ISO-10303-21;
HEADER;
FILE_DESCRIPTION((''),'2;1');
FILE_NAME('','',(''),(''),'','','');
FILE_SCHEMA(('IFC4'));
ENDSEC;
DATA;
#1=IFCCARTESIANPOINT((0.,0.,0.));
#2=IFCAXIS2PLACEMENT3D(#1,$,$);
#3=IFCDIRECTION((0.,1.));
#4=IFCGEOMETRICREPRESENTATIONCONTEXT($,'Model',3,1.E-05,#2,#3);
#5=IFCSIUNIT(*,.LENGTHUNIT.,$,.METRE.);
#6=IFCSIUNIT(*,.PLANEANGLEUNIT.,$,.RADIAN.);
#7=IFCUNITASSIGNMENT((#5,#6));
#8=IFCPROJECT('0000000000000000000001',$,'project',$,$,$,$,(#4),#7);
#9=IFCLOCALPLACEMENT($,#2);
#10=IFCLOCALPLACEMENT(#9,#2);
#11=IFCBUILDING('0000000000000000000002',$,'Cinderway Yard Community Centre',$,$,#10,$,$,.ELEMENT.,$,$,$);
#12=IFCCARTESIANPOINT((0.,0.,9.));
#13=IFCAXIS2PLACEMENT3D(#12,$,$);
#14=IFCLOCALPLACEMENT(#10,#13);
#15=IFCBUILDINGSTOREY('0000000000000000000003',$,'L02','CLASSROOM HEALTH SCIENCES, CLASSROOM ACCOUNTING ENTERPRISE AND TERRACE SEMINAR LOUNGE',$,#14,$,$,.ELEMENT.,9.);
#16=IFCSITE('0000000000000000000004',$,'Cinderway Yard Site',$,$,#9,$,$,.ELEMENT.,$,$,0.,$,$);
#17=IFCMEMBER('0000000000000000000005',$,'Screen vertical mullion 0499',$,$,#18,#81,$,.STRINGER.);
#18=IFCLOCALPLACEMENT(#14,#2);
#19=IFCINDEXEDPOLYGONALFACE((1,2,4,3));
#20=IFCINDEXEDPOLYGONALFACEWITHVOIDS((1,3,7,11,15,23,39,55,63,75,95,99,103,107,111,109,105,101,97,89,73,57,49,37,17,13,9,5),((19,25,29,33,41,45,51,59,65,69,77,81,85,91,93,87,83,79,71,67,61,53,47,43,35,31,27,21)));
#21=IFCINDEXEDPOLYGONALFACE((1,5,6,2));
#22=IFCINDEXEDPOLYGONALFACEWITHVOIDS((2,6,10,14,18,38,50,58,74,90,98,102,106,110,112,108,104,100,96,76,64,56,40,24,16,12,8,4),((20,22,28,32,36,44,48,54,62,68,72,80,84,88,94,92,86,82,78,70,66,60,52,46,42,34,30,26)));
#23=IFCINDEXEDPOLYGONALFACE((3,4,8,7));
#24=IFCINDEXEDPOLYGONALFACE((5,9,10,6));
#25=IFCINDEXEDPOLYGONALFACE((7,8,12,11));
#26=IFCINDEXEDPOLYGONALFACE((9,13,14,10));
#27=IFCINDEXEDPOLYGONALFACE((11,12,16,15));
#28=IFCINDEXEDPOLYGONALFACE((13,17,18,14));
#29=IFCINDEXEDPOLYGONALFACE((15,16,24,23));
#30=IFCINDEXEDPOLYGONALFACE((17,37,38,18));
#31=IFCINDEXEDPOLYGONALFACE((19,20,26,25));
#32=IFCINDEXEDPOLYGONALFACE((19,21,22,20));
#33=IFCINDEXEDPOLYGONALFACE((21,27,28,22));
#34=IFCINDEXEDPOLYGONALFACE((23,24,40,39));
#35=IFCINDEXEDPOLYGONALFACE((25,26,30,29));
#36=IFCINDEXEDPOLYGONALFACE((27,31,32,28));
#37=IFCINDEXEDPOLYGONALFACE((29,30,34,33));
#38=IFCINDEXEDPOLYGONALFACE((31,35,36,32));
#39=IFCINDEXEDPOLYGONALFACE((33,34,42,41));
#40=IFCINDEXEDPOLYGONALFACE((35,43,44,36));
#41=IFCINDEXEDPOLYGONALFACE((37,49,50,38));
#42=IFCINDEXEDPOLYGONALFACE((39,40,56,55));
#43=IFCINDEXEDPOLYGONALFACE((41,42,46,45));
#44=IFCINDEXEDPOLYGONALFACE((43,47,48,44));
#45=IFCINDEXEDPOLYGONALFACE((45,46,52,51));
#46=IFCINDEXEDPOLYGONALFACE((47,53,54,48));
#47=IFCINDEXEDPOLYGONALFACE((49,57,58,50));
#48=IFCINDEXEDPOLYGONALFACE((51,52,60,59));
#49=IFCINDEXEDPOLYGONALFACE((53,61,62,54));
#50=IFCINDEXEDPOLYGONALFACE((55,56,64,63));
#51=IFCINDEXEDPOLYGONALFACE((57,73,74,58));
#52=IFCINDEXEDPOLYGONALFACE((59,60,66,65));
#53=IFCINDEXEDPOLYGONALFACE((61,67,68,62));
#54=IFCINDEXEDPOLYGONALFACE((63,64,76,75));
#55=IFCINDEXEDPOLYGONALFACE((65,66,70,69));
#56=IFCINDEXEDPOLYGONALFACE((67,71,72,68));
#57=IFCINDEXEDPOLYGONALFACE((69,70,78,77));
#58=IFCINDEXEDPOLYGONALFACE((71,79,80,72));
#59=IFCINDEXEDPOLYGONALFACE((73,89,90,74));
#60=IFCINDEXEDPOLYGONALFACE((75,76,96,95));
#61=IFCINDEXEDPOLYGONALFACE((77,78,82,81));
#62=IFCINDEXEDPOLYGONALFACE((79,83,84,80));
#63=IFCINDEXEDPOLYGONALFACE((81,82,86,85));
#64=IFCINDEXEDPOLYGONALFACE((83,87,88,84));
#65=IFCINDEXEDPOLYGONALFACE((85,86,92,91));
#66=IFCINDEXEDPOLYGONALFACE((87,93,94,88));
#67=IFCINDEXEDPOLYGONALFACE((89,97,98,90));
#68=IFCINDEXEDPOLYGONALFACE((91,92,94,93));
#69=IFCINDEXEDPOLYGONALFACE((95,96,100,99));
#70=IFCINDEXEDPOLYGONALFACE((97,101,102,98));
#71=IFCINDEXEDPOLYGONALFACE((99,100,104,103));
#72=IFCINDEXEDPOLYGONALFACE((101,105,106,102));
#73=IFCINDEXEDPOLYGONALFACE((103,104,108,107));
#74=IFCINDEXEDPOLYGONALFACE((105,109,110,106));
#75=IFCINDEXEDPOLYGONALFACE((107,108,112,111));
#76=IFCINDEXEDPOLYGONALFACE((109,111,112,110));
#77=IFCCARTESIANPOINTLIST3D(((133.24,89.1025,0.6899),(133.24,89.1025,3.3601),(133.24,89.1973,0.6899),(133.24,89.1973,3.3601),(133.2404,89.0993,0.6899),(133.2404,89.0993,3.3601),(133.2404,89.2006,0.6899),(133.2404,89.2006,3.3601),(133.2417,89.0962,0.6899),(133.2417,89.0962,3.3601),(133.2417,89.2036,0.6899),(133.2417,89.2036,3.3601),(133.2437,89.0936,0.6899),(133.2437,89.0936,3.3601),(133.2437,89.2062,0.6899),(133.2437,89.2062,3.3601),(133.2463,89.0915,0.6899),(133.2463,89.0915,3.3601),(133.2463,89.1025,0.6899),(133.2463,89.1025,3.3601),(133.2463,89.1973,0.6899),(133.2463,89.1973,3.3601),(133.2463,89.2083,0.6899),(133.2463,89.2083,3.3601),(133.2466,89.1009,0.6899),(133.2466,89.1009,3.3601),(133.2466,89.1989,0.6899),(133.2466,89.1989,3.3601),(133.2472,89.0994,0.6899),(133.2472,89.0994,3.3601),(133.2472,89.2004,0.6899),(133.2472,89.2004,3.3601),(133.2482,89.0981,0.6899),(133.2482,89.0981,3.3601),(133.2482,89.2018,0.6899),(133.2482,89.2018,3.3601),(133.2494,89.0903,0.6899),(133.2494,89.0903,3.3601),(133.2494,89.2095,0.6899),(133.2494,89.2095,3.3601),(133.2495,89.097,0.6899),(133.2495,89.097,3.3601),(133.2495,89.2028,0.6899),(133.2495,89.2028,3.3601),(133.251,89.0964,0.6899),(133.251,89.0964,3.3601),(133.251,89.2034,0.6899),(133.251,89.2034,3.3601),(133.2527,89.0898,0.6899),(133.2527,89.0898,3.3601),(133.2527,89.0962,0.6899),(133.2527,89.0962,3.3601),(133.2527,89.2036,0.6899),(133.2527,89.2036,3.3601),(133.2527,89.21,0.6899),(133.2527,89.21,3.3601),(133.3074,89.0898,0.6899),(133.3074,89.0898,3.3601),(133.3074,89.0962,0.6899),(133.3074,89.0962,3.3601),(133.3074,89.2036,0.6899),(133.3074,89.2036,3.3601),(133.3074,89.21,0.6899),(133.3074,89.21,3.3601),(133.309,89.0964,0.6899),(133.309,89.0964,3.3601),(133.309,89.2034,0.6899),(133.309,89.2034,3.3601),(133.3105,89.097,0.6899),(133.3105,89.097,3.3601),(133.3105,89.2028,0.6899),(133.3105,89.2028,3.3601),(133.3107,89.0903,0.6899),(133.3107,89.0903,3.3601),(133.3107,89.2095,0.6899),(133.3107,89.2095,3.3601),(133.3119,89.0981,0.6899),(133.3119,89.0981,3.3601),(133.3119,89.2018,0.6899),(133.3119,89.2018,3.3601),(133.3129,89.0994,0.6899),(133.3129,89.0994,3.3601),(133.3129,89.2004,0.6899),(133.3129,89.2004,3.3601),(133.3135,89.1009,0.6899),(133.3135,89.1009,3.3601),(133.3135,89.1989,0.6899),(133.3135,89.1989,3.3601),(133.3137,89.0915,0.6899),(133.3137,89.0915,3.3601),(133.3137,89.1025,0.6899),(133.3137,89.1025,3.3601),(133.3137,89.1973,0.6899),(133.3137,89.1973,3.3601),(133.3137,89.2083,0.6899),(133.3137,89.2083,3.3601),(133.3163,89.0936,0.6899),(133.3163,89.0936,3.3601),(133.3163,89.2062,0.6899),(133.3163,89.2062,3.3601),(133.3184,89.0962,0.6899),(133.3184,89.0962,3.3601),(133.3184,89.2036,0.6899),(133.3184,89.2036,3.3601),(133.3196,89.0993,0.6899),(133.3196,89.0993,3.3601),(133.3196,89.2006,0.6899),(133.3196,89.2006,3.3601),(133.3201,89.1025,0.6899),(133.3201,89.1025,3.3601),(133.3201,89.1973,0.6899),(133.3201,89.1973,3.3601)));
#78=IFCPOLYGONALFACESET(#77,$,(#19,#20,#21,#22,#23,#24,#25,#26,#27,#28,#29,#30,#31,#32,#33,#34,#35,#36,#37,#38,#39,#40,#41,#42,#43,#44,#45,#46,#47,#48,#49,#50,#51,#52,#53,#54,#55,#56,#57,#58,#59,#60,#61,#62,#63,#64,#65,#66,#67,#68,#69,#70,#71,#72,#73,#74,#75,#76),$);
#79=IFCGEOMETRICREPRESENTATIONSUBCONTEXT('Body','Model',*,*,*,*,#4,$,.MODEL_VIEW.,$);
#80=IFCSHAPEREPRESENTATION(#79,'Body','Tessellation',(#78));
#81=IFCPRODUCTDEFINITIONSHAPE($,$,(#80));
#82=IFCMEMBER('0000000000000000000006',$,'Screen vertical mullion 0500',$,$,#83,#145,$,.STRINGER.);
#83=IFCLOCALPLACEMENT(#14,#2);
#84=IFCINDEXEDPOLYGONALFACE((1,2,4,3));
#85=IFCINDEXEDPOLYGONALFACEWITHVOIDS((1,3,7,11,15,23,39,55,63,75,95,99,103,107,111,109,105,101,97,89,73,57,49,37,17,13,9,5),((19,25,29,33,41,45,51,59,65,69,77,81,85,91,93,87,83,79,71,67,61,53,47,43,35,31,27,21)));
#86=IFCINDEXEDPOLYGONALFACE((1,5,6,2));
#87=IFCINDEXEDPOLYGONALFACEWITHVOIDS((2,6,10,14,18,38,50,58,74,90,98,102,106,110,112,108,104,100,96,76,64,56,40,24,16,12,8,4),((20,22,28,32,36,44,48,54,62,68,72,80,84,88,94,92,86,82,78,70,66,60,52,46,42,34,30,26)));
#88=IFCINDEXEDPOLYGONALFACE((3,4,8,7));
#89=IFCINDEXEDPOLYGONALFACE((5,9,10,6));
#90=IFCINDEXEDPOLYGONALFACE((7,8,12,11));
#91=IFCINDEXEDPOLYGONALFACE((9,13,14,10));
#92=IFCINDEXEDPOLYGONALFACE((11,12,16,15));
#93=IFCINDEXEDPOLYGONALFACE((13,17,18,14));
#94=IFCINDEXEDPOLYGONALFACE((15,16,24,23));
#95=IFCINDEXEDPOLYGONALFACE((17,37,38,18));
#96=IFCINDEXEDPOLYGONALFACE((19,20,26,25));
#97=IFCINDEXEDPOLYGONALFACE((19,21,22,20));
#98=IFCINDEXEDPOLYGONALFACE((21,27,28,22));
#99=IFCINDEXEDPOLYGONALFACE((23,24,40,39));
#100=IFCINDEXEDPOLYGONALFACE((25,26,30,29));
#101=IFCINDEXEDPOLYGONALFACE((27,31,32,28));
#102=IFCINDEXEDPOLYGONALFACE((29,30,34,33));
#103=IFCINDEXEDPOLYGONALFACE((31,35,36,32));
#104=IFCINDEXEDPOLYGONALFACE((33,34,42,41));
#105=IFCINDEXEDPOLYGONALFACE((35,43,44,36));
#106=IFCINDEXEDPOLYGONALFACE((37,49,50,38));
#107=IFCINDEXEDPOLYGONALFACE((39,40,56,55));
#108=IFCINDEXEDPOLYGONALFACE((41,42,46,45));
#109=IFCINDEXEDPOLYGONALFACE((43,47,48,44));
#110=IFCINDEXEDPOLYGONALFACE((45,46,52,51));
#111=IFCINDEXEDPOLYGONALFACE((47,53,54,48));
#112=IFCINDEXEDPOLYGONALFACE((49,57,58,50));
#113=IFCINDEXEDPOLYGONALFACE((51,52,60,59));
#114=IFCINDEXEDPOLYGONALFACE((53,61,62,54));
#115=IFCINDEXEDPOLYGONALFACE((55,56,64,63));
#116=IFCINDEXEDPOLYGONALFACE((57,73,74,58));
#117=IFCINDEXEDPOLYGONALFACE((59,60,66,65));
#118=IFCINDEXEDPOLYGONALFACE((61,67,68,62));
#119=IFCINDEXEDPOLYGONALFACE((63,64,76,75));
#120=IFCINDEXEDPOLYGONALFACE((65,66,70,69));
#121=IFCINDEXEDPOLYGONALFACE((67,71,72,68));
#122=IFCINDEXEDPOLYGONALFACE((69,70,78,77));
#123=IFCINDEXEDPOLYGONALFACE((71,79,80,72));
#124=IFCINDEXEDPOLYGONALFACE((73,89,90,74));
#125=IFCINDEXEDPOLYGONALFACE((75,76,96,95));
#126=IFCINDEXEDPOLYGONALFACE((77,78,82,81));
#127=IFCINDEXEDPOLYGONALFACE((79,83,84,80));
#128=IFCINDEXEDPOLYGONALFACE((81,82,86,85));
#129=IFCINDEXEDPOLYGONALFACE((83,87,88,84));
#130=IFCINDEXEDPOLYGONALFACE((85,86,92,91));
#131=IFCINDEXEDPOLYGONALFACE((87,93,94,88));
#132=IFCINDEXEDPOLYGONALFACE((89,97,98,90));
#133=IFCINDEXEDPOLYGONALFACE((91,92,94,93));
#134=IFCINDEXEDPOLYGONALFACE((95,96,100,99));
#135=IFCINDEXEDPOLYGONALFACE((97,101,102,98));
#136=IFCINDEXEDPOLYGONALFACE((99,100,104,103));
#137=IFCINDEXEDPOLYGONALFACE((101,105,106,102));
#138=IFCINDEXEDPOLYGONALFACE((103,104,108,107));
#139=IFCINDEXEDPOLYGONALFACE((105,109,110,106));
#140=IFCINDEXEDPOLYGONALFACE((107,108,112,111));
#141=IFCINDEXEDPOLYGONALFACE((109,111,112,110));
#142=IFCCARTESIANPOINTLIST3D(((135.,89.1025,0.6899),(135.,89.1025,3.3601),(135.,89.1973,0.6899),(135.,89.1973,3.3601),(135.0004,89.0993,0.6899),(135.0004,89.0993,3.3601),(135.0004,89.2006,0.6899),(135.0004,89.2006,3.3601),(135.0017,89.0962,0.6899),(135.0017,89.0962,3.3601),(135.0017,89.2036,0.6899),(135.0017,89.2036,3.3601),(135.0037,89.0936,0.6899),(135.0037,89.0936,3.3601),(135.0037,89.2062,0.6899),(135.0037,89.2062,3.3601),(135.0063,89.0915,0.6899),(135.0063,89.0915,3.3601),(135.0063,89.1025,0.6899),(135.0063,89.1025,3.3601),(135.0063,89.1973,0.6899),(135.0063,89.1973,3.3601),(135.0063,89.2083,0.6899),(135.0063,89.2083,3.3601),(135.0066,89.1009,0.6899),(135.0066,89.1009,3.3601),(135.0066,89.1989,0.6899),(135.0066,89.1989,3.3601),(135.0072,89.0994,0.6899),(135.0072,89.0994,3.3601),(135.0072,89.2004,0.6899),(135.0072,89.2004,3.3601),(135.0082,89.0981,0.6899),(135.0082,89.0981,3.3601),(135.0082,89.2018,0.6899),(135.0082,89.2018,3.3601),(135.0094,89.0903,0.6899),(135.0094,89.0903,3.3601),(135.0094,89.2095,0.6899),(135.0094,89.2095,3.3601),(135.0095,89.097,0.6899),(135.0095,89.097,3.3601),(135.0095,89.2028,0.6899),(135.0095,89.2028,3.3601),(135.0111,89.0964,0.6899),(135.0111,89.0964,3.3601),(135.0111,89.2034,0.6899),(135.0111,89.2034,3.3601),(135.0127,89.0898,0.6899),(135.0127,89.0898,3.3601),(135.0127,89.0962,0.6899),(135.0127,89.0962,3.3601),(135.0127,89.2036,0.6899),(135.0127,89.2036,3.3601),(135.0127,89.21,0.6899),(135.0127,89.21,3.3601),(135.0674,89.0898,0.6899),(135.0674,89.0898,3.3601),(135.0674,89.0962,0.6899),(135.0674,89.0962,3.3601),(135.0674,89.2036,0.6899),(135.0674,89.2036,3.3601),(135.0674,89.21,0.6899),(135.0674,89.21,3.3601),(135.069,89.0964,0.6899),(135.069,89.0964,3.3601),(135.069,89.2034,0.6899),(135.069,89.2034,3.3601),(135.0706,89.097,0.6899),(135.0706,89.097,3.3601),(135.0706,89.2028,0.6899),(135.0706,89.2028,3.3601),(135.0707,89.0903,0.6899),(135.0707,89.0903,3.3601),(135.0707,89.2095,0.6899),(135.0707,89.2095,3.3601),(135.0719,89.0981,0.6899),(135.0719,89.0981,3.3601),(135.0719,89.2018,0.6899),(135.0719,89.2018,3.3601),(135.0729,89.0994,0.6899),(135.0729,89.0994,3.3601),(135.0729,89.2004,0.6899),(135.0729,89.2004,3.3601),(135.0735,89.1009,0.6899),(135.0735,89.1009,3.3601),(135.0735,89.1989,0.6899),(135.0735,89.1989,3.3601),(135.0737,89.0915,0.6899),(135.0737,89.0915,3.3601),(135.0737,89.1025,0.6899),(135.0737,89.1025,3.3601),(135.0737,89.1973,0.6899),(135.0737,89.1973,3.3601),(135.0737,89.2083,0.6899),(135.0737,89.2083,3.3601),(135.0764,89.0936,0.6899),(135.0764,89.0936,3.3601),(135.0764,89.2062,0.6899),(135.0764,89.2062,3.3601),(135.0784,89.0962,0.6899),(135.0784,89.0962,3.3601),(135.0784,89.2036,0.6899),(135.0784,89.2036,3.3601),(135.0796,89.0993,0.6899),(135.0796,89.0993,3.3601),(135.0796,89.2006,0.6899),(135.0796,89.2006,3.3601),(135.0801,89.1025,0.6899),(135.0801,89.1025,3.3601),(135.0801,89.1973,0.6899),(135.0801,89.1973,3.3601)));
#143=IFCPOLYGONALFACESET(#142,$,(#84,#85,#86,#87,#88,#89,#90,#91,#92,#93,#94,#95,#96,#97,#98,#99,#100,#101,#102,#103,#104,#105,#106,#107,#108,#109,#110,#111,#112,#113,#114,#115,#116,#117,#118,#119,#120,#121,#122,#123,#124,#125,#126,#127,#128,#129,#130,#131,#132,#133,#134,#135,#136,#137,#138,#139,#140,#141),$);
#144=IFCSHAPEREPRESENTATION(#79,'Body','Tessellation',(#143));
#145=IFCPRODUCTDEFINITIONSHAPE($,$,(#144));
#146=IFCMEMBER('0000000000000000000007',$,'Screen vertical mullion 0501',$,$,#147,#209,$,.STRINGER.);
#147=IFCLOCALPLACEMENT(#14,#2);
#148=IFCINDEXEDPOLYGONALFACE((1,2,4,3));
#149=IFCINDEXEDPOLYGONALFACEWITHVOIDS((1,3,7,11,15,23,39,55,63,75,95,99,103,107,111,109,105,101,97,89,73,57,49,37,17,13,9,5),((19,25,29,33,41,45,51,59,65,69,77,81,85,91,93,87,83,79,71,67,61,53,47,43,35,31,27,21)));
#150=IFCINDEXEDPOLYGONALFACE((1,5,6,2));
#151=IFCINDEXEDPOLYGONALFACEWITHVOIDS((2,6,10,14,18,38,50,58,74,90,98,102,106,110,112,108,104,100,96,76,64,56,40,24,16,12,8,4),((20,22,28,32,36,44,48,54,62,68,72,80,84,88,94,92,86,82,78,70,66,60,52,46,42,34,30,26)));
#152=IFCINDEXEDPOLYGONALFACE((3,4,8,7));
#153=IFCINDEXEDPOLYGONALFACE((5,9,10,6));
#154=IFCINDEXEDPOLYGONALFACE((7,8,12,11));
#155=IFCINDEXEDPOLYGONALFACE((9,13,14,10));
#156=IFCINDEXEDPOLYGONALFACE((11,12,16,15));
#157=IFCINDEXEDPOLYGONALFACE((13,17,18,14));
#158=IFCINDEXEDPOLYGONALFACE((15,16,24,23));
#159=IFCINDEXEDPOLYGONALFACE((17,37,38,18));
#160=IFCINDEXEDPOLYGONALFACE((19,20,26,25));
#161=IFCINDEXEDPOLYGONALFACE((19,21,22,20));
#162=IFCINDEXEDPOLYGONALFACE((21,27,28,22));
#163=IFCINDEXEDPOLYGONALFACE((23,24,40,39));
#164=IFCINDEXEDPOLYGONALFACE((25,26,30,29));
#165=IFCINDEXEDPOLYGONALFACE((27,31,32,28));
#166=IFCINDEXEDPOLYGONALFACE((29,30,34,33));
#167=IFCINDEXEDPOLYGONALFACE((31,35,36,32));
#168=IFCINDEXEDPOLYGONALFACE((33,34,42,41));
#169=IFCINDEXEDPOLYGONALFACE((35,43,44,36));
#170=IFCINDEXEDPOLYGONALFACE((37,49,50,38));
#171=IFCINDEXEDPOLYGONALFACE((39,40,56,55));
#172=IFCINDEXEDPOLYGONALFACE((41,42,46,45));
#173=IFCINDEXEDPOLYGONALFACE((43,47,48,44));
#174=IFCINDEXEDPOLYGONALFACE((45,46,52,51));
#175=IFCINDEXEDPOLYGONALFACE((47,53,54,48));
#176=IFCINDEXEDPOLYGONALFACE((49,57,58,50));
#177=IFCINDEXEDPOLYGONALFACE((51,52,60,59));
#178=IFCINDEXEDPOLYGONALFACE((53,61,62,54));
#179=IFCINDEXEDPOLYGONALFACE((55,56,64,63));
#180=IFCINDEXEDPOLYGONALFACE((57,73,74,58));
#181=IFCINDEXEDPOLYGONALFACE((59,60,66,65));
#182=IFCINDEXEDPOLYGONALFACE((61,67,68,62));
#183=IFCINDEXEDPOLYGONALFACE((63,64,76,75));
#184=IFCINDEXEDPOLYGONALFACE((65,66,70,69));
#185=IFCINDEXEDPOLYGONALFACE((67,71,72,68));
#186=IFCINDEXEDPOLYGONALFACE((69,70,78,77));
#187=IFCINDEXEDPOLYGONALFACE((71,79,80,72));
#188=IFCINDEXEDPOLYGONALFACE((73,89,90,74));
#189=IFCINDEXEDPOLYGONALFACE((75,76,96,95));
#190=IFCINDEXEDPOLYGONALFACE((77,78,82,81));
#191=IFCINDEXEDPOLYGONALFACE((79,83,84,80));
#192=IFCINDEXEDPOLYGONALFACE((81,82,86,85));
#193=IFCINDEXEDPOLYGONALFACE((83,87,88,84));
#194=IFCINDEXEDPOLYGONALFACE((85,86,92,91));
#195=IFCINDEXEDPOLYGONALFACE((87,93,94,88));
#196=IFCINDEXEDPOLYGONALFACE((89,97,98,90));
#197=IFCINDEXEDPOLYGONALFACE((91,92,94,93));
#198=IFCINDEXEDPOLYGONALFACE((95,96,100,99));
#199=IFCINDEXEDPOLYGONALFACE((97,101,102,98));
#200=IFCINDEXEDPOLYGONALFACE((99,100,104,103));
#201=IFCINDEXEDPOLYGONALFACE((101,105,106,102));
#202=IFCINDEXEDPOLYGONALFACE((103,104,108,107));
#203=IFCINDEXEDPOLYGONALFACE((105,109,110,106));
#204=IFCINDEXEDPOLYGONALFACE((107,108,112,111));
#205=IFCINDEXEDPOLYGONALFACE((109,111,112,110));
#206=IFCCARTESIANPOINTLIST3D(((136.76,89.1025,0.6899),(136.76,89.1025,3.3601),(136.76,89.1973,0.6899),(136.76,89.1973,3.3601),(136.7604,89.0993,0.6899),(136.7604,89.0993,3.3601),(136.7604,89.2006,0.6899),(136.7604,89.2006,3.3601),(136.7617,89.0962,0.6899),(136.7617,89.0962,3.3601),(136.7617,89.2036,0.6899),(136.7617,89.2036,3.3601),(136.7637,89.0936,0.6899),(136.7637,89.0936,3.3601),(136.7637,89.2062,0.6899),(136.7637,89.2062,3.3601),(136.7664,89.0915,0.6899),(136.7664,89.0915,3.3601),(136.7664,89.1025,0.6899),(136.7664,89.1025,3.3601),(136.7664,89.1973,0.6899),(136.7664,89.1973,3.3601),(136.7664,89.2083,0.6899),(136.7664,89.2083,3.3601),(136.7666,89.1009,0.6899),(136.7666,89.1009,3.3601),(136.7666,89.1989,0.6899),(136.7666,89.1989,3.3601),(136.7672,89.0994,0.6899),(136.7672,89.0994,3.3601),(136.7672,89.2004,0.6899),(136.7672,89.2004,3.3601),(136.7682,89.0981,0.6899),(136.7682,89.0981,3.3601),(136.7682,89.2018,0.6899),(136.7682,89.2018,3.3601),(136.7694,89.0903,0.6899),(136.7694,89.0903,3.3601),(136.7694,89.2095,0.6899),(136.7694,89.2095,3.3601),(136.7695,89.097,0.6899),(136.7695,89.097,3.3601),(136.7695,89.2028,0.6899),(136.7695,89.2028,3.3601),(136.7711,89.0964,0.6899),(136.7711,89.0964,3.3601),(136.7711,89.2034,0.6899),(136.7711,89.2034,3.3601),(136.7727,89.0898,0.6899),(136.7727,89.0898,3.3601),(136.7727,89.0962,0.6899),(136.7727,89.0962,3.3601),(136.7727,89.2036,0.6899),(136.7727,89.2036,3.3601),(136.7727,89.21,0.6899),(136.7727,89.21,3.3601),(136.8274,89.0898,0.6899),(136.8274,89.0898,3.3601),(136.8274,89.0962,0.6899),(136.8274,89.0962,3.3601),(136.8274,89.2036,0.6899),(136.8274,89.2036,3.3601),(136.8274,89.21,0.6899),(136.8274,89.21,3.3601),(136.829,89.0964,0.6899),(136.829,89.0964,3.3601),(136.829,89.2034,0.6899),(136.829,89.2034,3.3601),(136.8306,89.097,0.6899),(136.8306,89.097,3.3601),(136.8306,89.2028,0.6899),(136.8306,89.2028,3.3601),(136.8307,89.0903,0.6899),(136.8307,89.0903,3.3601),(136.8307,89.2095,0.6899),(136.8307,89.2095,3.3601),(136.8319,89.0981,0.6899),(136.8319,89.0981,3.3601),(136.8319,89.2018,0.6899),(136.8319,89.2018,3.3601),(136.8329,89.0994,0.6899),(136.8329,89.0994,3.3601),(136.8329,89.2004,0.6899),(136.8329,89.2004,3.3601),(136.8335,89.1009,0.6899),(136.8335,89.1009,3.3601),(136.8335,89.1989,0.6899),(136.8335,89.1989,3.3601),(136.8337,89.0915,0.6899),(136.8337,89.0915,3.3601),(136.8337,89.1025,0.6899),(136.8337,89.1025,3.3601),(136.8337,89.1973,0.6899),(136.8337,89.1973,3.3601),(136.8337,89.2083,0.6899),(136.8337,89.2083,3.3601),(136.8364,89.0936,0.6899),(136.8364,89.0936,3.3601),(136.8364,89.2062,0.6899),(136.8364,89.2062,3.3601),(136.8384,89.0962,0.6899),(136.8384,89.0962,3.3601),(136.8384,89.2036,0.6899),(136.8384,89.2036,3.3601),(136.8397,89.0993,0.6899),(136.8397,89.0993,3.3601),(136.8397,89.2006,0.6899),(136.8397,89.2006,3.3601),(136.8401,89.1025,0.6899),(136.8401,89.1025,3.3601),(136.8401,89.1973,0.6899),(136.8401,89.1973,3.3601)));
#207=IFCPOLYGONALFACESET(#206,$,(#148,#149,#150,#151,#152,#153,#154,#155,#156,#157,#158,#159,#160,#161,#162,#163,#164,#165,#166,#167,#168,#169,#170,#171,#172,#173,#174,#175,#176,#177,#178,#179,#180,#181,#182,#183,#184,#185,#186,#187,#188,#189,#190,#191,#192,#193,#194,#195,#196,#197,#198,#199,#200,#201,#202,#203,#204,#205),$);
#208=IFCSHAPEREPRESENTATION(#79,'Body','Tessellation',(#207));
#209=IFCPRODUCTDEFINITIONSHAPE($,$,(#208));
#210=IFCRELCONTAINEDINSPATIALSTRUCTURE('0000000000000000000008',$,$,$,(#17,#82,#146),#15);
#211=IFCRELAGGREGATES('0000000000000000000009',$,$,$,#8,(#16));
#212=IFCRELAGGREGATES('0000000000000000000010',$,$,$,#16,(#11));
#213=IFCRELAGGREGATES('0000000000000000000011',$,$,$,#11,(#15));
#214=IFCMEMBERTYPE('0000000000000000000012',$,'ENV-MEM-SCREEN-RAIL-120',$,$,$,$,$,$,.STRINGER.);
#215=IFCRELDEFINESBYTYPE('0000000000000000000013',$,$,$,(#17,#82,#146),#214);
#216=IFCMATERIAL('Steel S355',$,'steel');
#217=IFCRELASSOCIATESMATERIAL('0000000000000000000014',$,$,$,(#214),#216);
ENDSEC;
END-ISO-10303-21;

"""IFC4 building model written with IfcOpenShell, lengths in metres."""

from ifc_helpers import new_model, si_unit, direction, frame, origin, origin_2d, place, context, subcontext, project, spatial, hollow_rectangle, extrude, material, material_profile, profile_set, type_object, element, save


model = new_model("IFC4")

# Units and contexts
model_context = context("Model", 3, precision=1e-05, world=origin(), true_north=direction((0.0, 1.0)))
body_context = subcontext(model_context, "Body", "Model", "MODEL_VIEW")
ifc_project = project(units=[si_unit("LENGTHUNIT", "METRE"), si_unit("PLANEANGLEUNIT", "RADIAN")], contexts=[model_context])

# Site, building, storey
site_placement = place(None, origin())
site = spatial("IfcSite", under=ifc_project, at=site_placement, Name="Cinderway Yard Site", CompositionType="ELEMENT", RefElevation=0.0)
building_placement = place(site_placement, origin())
building = spatial("IfcBuilding", under=site, at=building_placement, Name="Cinderway Yard Community Centre", CompositionType="ELEMENT")
storey_placement = place(building_placement, frame((0.0, 0.0, 9.0)))
storey = spatial("IfcBuildingStorey", under=building, at=storey_placement, Name="L02", Description="CLASSROOM HEALTH SCIENCES, CLASSROOM ACCOUNTING ENTERPRISE AND TERRACE SEMINAR LOUNGE", CompositionType="ELEMENT", Elevation=9.0)

# Members
ifc_material_1 = material(Name="Steel S355", Category="steel")
ifc_material_profile_1 = material_profile(ifc_material_1, hollow_rectangle(XDim=0.0801, YDim=0.1201, WallThickness=0.0063, InnerFilletRadius=0.0063, OuterFilletRadius=0.0127, at=origin_2d()), Name="Steel S355")
ifc_profile_set_1 = profile_set([ifc_material_profile_1], Name="Steel S355")
member_type_1 = type_object("IfcMemberType", Name="ENV-MEM-SCREEN-RAIL-120", PredefinedType="STRINGER", material=ifc_profile_set_1)
for number, where, z_axis, x_axis, name in (
    (1, (133.28, 89.1499, 0.6899), (0.0, 0.0, 1.0), (1.0, 0.0, 0.0), "Screen vertical mullion 0499"),
    (2, (135.04, 89.1499, 0.6899), (0.0, 0.0, 1.0), (1.0, 0.0, 0.0), "Screen vertical mullion 0500"),
    (3, (136.8, 89.1499, 0.6899), (0.0, 0.0, 1.0), (1.0, 0.0, 0.0), "Screen vertical mullion 0501"),
):
    element("IfcMember", number, at=place(storey_placement, frame(where, z_axis=z_axis, x_axis=x_axis)), inside=storey, type_object=member_type_1, Name=name, PredefinedType="STRINGER", context=body_context, shape_type="SweptSolid", body=[
        extrude(hollow_rectangle(XDim=0.0801, YDim=0.1201, WallThickness=0.0063, InnerFilletRadius=0.0063, OuterFilletRadius=0.0127, at=origin_2d()), origin(), (0.0, 0.0, 1.0), 2.6702),
    ])

save(model, "model.ifc")
